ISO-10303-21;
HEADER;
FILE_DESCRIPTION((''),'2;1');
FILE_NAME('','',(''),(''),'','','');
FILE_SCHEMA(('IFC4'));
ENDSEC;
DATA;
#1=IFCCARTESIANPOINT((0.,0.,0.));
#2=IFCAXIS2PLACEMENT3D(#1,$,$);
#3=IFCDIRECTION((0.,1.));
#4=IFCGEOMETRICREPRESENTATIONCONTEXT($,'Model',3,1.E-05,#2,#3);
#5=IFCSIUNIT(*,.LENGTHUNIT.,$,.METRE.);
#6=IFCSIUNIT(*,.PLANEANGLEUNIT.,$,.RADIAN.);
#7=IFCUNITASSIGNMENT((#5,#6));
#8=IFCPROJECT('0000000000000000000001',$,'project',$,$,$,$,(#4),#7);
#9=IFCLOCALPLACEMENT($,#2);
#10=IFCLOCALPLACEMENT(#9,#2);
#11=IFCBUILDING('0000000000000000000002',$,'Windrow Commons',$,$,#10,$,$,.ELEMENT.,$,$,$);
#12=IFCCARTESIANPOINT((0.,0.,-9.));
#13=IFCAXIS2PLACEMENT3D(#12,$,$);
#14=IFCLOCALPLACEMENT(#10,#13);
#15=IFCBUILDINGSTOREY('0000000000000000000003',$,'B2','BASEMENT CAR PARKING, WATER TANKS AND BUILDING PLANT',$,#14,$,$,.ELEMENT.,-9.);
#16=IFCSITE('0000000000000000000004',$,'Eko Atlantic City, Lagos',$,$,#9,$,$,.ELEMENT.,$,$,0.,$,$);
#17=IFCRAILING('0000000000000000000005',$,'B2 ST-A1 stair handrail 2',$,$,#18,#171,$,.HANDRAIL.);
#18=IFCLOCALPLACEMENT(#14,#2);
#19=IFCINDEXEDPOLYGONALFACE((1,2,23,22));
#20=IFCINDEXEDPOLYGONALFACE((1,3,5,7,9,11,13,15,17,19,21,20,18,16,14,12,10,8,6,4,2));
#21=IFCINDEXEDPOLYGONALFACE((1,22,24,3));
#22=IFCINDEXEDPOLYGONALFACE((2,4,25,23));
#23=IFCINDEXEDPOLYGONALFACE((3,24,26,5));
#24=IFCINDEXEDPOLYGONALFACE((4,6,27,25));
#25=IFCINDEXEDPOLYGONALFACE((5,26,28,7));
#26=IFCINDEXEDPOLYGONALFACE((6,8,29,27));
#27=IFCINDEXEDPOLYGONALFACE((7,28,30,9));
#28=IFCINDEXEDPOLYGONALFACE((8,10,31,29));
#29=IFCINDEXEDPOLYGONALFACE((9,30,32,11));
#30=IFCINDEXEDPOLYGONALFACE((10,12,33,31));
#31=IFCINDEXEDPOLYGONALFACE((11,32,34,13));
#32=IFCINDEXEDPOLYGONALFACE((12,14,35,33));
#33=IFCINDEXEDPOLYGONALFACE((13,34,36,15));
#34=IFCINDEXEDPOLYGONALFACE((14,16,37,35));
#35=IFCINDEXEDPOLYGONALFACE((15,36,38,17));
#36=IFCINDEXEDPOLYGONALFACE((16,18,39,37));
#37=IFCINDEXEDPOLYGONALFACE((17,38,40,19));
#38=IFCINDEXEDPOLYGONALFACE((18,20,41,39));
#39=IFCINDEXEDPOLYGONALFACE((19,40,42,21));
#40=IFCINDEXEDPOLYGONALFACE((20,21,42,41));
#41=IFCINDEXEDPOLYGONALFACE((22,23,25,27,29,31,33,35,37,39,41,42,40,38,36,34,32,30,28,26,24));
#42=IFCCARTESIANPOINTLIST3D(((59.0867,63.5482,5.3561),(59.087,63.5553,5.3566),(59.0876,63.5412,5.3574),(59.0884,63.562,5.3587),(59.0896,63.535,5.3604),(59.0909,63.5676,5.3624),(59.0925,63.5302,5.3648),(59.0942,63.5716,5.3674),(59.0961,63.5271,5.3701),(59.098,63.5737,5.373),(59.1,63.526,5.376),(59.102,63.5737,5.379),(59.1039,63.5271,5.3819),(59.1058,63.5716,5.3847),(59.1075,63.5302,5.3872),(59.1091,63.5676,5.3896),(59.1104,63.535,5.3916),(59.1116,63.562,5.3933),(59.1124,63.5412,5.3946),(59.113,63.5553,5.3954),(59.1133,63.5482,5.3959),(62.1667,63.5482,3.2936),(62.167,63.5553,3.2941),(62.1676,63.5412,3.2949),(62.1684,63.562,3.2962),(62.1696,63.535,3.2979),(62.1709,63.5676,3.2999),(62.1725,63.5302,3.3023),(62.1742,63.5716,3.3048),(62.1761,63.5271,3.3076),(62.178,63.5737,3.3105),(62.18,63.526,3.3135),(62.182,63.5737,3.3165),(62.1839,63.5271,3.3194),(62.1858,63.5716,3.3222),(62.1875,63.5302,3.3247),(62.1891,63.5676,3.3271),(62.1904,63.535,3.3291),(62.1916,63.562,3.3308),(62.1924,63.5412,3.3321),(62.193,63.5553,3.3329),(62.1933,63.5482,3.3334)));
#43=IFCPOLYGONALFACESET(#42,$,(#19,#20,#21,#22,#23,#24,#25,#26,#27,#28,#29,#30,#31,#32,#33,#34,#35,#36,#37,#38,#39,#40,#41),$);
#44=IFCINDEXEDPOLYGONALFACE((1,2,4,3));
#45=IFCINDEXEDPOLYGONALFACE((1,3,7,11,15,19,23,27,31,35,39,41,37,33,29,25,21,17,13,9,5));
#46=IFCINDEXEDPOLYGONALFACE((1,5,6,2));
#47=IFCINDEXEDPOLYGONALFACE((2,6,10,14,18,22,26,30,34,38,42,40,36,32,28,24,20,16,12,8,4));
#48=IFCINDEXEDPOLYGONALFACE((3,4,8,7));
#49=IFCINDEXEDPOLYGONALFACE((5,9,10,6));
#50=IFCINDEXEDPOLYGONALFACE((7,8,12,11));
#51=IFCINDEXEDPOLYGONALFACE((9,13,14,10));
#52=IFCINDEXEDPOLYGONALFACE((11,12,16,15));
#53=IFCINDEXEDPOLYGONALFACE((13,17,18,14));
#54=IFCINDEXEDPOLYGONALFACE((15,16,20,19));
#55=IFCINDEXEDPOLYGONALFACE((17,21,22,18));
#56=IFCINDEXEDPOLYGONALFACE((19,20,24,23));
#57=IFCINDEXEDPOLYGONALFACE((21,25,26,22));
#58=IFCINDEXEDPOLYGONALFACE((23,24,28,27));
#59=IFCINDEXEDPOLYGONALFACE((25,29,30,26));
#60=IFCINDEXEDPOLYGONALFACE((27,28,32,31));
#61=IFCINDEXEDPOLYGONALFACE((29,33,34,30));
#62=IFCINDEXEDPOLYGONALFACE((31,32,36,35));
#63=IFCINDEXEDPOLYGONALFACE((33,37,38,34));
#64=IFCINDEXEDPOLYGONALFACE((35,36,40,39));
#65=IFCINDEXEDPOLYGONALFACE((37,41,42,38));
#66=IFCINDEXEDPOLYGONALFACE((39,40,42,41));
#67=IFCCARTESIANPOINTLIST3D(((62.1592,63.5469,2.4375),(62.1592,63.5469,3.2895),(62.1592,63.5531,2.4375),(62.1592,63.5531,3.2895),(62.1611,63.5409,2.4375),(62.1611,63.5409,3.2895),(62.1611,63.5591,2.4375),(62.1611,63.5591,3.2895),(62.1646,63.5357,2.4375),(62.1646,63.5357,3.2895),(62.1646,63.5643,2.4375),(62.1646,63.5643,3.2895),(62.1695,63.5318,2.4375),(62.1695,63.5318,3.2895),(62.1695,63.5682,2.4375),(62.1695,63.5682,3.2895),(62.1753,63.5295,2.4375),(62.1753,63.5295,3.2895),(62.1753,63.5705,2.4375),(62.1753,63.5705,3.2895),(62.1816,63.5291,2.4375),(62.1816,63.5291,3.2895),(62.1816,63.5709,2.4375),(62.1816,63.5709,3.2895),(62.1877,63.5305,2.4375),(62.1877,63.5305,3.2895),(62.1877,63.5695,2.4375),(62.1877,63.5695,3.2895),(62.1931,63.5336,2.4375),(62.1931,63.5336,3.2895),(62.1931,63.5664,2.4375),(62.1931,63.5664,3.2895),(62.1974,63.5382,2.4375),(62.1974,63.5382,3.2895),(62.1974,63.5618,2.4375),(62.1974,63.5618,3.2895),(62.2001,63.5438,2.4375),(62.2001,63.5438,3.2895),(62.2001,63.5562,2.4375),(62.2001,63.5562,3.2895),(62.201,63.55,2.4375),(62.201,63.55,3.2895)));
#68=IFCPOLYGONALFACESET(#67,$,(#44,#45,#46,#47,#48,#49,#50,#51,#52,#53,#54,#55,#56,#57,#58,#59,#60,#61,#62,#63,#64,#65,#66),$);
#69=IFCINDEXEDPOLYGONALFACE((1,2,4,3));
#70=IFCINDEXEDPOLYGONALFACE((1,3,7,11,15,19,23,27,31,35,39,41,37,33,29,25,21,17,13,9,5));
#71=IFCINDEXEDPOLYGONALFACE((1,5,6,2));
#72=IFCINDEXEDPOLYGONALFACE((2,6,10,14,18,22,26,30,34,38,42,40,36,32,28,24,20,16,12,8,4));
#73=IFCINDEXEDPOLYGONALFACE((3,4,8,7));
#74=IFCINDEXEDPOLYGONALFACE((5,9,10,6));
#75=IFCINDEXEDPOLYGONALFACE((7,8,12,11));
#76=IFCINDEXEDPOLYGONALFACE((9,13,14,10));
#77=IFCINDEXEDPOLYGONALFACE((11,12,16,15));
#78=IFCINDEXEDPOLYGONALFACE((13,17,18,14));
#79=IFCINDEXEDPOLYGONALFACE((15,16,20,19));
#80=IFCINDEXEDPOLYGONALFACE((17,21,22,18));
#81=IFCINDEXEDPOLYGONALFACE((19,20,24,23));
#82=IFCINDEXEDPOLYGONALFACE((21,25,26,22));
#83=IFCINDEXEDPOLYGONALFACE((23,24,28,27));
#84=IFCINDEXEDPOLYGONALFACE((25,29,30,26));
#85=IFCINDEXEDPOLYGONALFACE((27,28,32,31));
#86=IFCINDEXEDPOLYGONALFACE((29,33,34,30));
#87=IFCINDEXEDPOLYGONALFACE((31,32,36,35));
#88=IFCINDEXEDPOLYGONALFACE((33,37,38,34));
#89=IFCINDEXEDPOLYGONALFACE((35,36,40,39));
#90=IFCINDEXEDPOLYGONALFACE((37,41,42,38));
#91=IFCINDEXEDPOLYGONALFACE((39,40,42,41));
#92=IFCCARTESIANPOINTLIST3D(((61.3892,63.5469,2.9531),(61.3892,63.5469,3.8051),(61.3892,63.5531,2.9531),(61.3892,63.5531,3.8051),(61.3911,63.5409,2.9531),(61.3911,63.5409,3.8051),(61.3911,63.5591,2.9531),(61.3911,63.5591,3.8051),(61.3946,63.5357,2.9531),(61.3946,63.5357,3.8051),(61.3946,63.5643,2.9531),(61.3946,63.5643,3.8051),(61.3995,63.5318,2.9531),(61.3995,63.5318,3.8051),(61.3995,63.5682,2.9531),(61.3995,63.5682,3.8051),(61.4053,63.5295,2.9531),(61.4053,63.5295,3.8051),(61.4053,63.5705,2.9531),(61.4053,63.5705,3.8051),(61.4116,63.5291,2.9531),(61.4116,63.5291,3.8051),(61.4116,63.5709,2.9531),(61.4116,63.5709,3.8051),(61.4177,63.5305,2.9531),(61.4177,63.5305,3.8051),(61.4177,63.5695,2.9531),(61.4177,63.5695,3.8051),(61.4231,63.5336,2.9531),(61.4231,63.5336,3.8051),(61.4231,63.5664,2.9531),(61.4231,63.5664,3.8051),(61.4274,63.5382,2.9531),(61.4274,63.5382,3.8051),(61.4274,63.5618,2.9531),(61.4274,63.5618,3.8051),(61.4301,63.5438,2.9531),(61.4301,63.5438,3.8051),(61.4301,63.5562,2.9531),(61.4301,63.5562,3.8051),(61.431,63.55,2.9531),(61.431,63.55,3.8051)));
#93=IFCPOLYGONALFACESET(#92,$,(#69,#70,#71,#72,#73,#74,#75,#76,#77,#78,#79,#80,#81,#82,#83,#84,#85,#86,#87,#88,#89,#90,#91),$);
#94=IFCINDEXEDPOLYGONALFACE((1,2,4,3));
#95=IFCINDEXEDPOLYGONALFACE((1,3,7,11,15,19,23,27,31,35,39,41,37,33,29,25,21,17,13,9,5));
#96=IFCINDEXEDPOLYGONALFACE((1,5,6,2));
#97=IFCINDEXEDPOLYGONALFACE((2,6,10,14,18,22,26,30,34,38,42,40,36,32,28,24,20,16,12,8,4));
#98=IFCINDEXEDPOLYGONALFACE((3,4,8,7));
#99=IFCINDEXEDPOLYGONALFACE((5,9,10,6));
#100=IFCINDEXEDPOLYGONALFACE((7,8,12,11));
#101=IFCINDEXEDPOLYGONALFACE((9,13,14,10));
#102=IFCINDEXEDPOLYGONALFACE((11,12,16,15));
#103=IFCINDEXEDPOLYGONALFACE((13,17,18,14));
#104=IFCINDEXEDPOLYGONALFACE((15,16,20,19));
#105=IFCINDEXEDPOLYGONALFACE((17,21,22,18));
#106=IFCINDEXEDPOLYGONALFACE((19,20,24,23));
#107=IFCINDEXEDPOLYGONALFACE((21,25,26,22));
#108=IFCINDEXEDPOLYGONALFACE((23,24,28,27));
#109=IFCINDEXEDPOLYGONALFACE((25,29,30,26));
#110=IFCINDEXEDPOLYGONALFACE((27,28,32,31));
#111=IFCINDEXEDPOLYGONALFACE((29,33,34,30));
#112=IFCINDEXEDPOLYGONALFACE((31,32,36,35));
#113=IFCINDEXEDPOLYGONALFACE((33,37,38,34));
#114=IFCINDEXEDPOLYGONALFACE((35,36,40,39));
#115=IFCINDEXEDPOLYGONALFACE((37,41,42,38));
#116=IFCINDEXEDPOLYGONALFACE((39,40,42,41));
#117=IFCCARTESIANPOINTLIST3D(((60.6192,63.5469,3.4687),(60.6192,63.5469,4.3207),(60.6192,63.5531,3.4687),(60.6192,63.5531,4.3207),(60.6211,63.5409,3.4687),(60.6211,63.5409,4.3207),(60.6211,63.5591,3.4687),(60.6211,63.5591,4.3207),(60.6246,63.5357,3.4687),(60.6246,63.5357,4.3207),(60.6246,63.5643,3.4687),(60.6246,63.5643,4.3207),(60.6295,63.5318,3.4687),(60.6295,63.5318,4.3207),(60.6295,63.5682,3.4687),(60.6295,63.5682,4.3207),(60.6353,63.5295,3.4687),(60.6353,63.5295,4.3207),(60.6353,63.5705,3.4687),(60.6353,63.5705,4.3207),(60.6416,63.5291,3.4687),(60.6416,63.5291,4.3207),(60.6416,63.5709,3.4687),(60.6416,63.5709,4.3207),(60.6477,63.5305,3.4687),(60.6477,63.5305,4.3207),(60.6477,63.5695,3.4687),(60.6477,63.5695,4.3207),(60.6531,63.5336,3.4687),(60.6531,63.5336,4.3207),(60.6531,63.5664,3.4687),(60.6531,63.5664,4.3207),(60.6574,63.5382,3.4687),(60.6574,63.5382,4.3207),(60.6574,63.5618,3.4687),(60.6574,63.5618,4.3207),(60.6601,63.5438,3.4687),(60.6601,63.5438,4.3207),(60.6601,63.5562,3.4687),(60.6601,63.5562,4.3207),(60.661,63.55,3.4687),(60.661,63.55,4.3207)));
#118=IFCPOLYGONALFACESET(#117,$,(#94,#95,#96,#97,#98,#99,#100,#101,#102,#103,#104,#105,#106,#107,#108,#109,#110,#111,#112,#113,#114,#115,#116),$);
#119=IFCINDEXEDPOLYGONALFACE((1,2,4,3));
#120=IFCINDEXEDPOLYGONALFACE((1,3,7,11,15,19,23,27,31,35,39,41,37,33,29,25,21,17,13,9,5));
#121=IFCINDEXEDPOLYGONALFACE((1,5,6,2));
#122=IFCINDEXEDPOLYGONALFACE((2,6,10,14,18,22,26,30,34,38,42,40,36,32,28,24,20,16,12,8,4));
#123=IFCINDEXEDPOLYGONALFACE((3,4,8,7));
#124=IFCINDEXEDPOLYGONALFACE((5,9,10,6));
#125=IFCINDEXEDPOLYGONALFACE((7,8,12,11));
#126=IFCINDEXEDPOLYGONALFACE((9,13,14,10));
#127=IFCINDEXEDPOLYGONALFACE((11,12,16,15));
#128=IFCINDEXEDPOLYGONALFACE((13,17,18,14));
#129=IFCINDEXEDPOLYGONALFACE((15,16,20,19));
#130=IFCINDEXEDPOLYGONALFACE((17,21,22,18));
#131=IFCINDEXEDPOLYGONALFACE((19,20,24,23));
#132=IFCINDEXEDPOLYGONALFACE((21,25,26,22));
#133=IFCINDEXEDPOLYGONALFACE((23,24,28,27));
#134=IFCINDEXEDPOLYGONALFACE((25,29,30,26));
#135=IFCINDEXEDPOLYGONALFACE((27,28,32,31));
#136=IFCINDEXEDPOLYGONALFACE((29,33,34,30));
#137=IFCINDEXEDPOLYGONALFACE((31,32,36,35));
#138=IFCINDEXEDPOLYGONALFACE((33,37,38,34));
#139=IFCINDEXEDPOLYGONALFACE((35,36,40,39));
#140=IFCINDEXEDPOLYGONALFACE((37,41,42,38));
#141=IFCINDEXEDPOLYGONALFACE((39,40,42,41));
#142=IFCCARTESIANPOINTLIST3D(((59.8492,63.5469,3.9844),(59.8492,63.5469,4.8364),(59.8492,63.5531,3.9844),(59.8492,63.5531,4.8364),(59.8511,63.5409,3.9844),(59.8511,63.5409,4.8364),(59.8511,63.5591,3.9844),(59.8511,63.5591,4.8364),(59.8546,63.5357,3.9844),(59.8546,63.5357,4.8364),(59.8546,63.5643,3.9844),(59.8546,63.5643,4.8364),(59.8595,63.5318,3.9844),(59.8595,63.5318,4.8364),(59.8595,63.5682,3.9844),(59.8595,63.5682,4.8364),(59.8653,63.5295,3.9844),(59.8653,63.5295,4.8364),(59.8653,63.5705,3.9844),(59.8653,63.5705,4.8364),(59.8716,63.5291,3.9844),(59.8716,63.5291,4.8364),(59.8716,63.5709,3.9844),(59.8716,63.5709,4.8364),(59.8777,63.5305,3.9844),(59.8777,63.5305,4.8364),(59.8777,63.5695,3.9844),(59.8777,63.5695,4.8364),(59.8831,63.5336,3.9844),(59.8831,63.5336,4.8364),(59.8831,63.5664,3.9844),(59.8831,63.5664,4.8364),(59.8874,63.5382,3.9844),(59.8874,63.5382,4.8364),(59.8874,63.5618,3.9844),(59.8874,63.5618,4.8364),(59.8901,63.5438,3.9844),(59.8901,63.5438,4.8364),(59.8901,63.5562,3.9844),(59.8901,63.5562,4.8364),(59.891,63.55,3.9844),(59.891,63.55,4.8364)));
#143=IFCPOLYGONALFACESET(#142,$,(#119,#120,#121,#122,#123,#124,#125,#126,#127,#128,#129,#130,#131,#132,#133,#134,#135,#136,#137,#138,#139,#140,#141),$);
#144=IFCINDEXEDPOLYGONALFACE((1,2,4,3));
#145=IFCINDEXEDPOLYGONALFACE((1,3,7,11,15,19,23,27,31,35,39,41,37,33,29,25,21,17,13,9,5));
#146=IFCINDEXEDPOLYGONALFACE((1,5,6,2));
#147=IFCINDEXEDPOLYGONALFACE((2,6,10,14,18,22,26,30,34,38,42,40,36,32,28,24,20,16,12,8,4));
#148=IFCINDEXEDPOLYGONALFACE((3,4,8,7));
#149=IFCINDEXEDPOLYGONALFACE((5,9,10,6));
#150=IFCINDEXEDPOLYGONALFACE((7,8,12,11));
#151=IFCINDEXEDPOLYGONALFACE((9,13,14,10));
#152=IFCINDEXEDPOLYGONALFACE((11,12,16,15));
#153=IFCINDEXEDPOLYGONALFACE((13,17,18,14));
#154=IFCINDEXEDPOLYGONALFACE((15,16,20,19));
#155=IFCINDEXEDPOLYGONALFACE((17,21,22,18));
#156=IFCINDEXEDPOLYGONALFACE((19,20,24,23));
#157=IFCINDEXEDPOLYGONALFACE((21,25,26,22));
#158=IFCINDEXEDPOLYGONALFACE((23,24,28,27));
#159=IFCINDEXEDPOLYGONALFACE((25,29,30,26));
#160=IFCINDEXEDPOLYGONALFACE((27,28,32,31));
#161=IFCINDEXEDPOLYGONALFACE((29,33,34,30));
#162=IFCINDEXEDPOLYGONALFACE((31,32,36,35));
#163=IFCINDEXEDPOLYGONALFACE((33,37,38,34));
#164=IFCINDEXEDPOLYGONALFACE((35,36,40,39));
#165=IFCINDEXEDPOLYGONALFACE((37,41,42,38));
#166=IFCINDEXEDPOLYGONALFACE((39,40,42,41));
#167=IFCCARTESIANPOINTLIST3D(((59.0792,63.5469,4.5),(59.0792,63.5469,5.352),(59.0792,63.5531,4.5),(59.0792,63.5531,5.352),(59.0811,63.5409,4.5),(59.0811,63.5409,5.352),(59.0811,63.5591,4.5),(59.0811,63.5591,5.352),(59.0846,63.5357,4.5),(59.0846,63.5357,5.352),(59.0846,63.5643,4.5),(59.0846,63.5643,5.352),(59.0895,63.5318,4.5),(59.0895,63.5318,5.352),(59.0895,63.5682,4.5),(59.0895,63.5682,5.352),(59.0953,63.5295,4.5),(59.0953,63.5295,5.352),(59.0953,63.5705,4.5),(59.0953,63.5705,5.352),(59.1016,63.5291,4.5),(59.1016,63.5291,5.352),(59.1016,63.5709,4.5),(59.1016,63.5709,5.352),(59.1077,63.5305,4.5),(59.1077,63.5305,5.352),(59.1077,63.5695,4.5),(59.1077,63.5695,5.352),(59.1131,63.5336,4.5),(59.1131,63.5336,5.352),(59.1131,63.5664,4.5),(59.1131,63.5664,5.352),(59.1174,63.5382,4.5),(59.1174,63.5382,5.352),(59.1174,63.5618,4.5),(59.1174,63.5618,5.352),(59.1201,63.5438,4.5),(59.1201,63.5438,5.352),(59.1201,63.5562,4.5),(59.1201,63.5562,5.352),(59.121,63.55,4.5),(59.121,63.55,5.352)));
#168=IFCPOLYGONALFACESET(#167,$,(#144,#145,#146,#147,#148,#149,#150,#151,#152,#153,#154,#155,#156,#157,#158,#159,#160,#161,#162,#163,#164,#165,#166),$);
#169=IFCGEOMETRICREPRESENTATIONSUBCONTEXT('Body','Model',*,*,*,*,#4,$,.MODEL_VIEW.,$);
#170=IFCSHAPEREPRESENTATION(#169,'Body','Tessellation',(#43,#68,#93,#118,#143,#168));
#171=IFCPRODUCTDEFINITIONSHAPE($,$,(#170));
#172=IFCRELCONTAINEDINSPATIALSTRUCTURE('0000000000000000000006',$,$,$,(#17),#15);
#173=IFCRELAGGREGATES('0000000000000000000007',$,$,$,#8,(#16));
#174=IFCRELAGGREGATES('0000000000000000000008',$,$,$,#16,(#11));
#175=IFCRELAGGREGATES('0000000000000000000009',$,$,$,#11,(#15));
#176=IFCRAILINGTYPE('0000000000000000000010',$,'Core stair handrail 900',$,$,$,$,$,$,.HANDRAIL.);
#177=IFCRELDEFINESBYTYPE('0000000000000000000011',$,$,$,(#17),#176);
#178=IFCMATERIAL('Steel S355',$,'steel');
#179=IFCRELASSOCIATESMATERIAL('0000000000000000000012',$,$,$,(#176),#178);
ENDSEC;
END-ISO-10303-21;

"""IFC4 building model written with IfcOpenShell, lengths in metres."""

from ifc_helpers import new_model, si_unit, direction, frame, origin, origin_2d, place, context, subcontext, project, spatial, circle, extrude, material, type_object, element, save


model = new_model("IFC4")

# Units and contexts
model_context = context("Model", 3, precision=1e-05, world=origin(), true_north=direction((0.0, 1.0)))
body_context = subcontext(model_context, "Body", "Model", "MODEL_VIEW")
ifc_project = project(units=[si_unit("LENGTHUNIT", "METRE"), si_unit("PLANEANGLEUNIT", "RADIAN")], contexts=[model_context])

# Site, building, storey
site_placement = place(None, origin())
site = spatial("IfcSite", under=ifc_project, at=site_placement, Name="Eko Atlantic City, Lagos", CompositionType="ELEMENT", RefElevation=0.0)
building_placement = place(site_placement, origin())
building = spatial("IfcBuilding", under=site, at=building_placement, Name="Windrow Commons", CompositionType="ELEMENT")
storey_placement = place(building_placement, frame((0.0, 0.0, -9.0)))
storey = spatial("IfcBuildingStorey", under=building, at=storey_placement, Name="B2", Description="BASEMENT CAR PARKING, WATER TANKS AND BUILDING PLANT", CompositionType="ELEMENT", Elevation=-9.0)

# Railing
ifc_material_1 = material(Name="Steel S355", Category="steel")
railing_type_1 = type_object("IfcRailingType", Name="Core stair handrail 900", PredefinedType="HANDRAIL", material=ifc_material_1)
for number, where, name in (
    (1, (62.18, 63.55, 2.4375), "B2 ST-A1 stair handrail 2"),
):
    element("IfcRailing", number, at=place(storey_placement, frame(where)), inside=storey, type_object=railing_type_1, Name=name, PredefinedType="HANDRAIL", context=body_context, shape_type="SweptSolid", body=[
        extrude(circle(Radius=0.024, at=origin_2d()), frame((0.0, 0.0, 0.876), z_axis=(-0.830907, 0.0, 0.556411), x_axis=(0.0, -1.0, 0.0)), (0.0, 0.0, 1.0), 3.7068),
        extrude(circle(Radius=0.021, at=origin_2d()), origin(), (0.0, 0.0, 1.0), 0.852),
        extrude(circle(Radius=0.021, at=origin_2d()), frame((-0.77, 0.0, 0.5156)), (0.0, 0.0, 1.0), 0.852),
        extrude(circle(Radius=0.021, at=origin_2d()), frame((-1.54, 0.0, 1.0312)), (0.0, 0.0, 1.0), 0.852),
        extrude(circle(Radius=0.021, at=origin_2d()), frame((-2.31, 0.0, 1.5469)), (0.0, 0.0, 1.0), 0.852),
        extrude(circle(Radius=0.021, at=origin_2d()), frame((-3.08, 0.0, 2.0625)), (0.0, 0.0, 1.0), 0.852),
    ])

save(model, "model.ifc")
